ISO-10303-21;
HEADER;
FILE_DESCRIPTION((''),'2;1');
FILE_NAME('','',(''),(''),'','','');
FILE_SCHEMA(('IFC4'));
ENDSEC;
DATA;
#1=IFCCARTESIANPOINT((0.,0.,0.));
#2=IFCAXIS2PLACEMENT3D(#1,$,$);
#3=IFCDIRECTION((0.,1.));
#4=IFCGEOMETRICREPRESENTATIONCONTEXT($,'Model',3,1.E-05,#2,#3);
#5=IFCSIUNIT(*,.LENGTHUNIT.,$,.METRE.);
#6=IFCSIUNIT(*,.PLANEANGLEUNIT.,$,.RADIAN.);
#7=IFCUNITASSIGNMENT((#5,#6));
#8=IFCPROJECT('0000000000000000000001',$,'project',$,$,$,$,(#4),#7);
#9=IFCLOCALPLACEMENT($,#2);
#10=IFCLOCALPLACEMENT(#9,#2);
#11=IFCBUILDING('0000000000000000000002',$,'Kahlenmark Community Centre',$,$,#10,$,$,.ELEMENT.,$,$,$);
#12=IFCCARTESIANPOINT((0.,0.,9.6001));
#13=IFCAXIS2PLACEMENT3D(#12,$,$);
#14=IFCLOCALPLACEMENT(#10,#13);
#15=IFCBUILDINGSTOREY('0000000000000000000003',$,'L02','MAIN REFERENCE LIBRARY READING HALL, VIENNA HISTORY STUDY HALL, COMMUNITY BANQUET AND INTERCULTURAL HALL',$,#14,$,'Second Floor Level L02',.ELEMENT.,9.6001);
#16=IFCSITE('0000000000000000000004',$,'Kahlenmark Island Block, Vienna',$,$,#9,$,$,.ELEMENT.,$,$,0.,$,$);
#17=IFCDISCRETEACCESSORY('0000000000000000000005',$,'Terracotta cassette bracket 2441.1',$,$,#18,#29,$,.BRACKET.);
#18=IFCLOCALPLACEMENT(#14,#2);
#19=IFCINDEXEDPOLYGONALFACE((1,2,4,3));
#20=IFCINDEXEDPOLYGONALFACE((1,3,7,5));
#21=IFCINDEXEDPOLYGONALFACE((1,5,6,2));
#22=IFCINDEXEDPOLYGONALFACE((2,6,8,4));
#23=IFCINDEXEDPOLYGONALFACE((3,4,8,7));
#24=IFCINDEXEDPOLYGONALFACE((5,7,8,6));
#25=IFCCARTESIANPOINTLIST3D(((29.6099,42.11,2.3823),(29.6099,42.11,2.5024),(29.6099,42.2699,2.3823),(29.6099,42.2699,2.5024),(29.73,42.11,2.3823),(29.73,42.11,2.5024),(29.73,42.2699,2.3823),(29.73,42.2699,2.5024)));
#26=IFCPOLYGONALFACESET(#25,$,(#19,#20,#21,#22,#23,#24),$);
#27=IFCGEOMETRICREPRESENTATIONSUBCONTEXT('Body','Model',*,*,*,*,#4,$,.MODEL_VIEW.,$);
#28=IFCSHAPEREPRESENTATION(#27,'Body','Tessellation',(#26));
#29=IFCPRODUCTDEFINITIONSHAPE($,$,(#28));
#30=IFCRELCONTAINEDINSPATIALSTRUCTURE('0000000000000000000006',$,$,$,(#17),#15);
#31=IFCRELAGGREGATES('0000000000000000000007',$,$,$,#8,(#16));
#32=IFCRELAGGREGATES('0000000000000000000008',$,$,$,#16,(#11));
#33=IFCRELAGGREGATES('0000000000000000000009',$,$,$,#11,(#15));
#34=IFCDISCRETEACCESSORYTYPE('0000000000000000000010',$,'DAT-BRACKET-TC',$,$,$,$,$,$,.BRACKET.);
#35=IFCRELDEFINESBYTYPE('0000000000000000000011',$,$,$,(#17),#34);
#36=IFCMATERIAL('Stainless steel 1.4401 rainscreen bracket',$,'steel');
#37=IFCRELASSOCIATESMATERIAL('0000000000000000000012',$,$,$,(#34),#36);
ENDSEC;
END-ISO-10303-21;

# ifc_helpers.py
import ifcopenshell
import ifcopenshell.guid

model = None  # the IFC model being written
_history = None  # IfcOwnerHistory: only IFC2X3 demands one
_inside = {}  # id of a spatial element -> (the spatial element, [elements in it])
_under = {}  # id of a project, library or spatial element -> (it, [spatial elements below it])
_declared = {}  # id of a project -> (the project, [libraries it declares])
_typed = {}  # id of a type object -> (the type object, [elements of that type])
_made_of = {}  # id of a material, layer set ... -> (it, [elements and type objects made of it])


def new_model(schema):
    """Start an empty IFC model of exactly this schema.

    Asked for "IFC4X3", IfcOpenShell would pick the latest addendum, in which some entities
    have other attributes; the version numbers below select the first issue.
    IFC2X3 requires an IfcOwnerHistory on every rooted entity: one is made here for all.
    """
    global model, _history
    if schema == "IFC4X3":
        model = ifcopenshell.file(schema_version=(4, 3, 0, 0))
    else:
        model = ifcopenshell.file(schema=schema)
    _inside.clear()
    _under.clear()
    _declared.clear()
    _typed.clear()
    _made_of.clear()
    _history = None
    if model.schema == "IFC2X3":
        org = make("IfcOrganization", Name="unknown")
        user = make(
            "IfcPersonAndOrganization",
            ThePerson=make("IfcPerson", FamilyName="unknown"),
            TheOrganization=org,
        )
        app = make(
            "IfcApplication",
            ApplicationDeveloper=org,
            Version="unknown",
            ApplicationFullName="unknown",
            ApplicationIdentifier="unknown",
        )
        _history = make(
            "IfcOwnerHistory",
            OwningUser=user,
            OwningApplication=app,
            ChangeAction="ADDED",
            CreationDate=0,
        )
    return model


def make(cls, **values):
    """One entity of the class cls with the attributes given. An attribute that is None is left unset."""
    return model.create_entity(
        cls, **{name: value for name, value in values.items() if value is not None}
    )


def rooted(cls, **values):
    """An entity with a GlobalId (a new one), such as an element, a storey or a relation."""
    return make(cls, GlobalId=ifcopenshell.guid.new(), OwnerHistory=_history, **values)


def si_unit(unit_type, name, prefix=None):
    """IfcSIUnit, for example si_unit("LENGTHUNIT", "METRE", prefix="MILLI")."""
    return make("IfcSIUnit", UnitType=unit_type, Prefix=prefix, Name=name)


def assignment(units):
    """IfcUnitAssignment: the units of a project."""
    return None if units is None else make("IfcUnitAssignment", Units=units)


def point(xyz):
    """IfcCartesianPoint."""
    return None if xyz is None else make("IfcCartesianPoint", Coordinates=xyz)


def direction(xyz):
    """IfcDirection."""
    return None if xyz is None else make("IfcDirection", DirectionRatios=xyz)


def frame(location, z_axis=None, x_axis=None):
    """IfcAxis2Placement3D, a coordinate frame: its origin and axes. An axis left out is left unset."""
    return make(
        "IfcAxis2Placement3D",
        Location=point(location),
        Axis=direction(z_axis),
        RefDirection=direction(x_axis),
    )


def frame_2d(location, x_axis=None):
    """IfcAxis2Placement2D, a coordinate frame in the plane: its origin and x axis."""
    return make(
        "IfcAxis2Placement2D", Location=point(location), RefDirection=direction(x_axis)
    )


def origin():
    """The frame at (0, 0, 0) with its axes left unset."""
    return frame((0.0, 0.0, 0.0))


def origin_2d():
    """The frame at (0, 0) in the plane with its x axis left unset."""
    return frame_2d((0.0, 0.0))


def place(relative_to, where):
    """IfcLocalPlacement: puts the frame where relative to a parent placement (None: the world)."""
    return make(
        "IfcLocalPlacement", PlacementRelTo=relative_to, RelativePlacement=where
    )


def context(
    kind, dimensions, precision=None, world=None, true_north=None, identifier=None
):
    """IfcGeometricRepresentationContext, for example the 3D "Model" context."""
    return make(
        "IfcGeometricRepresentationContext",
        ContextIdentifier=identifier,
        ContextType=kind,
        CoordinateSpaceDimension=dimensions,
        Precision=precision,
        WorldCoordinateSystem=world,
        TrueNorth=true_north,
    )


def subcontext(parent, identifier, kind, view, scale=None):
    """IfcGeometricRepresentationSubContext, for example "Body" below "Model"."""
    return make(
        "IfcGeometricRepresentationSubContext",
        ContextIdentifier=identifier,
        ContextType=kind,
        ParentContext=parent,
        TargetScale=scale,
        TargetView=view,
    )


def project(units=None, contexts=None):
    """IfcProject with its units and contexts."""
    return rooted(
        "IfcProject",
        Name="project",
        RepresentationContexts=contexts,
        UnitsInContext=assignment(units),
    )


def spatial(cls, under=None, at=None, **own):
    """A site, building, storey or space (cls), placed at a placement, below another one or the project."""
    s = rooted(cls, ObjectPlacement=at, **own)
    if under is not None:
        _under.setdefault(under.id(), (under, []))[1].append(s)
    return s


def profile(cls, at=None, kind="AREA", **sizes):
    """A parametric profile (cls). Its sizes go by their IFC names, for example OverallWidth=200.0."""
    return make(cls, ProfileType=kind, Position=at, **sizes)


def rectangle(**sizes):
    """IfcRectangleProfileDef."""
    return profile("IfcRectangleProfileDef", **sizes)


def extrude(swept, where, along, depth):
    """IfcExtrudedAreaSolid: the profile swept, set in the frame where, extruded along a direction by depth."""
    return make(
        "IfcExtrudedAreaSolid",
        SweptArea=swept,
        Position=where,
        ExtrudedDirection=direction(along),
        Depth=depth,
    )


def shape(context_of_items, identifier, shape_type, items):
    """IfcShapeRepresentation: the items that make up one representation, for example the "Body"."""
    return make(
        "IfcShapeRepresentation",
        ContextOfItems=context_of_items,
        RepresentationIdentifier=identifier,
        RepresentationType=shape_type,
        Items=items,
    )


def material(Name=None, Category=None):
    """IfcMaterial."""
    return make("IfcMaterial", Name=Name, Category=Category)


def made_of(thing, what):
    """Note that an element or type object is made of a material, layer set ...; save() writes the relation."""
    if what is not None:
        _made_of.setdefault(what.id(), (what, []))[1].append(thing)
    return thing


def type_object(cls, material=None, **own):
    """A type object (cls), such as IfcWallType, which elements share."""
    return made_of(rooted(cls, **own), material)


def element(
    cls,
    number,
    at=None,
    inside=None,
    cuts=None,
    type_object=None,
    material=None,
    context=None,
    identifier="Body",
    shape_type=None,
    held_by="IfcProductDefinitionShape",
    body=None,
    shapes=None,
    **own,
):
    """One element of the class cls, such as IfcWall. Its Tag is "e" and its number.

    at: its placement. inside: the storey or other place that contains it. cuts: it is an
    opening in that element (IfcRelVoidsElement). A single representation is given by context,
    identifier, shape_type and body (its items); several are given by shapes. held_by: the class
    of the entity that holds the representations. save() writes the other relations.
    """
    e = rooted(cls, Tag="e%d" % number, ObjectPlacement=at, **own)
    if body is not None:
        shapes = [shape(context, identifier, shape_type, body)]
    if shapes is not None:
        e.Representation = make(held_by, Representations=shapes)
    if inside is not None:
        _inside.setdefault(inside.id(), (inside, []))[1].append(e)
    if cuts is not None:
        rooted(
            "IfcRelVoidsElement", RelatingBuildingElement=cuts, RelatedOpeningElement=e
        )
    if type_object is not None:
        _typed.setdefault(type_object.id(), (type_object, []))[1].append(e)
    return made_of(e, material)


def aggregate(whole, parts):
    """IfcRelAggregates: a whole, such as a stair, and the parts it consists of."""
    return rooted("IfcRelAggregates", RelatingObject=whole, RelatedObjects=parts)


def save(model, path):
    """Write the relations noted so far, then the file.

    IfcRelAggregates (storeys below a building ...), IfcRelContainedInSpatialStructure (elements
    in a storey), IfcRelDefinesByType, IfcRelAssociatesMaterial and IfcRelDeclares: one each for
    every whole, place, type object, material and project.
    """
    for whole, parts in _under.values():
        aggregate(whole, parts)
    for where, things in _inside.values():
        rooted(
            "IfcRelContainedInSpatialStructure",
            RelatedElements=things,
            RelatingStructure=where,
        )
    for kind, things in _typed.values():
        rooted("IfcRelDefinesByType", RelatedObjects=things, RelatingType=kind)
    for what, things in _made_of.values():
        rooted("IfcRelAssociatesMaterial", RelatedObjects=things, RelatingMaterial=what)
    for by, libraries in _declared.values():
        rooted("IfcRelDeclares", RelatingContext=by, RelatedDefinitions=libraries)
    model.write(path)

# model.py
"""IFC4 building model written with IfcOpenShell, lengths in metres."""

from ifc_helpers import new_model, si_unit, direction, frame, origin, origin_2d, place, context, subcontext, project, spatial, rectangle, extrude, material, type_object, element, save


model = new_model("IFC4")

# Units and contexts
model_context = context("Model", 3, precision=1e-05, world=origin(), true_north=direction((0.0, 1.0)))
body_context = subcontext(model_context, "Body", "Model", "MODEL_VIEW")
ifc_project = project(units=[si_unit("LENGTHUNIT", "METRE"), si_unit("PLANEANGLEUNIT", "RADIAN")], contexts=[model_context])

# Site, building, storey
site_placement = place(None, origin())
site = spatial("IfcSite", under=ifc_project, at=site_placement, Name="Kahlenmark Island Block, Vienna", CompositionType="ELEMENT", RefElevation=0.0)
building_placement = place(site_placement, origin())
building = spatial("IfcBuilding", under=site, at=building_placement, Name="Kahlenmark Community Centre", CompositionType="ELEMENT")
storey_placement = place(building_placement, frame((0.0, 0.0, 9.6001)))
storey = spatial("IfcBuildingStorey", under=building, at=storey_placement, Name="L02", Description="MAIN REFERENCE LIBRARY READING HALL, VIENNA HISTORY STUDY HALL, COMMUNITY BANQUET AND INTERCULTURAL HALL", LongName="Second Floor Level L02", CompositionType="ELEMENT", Elevation=9.6001)

# Discrete accessory
ifc_material_1 = material(Name="Stainless steel 1.4401 rainscreen bracket", Category="steel")
discrete_accessory_type = type_object("IfcDiscreteAccessoryType", Name="DAT-BRACKET-TC", PredefinedType="BRACKET", material=ifc_material_1)
for number, where, z_axis, x_axis, name in (
    (1, (29.6699, 42.1899, 2.3823), (0.0, 0.0, 1.0), (1.0, 0.0, 0.0), "Terracotta cassette bracket 2441.1"),
):
    element("IfcDiscreteAccessory", number, at=place(storey_placement, frame(where, z_axis=z_axis, x_axis=x_axis)), inside=storey, type_object=discrete_accessory_type, Name=name, PredefinedType="BRACKET", context=body_context, shape_type="SweptSolid", body=[
        extrude(rectangle(XDim=0.1201, YDim=0.1599, at=origin_2d()), origin(), (0.0, 0.0, 1.0), 0.1201),
    ])

save(model, "model.ifc")
